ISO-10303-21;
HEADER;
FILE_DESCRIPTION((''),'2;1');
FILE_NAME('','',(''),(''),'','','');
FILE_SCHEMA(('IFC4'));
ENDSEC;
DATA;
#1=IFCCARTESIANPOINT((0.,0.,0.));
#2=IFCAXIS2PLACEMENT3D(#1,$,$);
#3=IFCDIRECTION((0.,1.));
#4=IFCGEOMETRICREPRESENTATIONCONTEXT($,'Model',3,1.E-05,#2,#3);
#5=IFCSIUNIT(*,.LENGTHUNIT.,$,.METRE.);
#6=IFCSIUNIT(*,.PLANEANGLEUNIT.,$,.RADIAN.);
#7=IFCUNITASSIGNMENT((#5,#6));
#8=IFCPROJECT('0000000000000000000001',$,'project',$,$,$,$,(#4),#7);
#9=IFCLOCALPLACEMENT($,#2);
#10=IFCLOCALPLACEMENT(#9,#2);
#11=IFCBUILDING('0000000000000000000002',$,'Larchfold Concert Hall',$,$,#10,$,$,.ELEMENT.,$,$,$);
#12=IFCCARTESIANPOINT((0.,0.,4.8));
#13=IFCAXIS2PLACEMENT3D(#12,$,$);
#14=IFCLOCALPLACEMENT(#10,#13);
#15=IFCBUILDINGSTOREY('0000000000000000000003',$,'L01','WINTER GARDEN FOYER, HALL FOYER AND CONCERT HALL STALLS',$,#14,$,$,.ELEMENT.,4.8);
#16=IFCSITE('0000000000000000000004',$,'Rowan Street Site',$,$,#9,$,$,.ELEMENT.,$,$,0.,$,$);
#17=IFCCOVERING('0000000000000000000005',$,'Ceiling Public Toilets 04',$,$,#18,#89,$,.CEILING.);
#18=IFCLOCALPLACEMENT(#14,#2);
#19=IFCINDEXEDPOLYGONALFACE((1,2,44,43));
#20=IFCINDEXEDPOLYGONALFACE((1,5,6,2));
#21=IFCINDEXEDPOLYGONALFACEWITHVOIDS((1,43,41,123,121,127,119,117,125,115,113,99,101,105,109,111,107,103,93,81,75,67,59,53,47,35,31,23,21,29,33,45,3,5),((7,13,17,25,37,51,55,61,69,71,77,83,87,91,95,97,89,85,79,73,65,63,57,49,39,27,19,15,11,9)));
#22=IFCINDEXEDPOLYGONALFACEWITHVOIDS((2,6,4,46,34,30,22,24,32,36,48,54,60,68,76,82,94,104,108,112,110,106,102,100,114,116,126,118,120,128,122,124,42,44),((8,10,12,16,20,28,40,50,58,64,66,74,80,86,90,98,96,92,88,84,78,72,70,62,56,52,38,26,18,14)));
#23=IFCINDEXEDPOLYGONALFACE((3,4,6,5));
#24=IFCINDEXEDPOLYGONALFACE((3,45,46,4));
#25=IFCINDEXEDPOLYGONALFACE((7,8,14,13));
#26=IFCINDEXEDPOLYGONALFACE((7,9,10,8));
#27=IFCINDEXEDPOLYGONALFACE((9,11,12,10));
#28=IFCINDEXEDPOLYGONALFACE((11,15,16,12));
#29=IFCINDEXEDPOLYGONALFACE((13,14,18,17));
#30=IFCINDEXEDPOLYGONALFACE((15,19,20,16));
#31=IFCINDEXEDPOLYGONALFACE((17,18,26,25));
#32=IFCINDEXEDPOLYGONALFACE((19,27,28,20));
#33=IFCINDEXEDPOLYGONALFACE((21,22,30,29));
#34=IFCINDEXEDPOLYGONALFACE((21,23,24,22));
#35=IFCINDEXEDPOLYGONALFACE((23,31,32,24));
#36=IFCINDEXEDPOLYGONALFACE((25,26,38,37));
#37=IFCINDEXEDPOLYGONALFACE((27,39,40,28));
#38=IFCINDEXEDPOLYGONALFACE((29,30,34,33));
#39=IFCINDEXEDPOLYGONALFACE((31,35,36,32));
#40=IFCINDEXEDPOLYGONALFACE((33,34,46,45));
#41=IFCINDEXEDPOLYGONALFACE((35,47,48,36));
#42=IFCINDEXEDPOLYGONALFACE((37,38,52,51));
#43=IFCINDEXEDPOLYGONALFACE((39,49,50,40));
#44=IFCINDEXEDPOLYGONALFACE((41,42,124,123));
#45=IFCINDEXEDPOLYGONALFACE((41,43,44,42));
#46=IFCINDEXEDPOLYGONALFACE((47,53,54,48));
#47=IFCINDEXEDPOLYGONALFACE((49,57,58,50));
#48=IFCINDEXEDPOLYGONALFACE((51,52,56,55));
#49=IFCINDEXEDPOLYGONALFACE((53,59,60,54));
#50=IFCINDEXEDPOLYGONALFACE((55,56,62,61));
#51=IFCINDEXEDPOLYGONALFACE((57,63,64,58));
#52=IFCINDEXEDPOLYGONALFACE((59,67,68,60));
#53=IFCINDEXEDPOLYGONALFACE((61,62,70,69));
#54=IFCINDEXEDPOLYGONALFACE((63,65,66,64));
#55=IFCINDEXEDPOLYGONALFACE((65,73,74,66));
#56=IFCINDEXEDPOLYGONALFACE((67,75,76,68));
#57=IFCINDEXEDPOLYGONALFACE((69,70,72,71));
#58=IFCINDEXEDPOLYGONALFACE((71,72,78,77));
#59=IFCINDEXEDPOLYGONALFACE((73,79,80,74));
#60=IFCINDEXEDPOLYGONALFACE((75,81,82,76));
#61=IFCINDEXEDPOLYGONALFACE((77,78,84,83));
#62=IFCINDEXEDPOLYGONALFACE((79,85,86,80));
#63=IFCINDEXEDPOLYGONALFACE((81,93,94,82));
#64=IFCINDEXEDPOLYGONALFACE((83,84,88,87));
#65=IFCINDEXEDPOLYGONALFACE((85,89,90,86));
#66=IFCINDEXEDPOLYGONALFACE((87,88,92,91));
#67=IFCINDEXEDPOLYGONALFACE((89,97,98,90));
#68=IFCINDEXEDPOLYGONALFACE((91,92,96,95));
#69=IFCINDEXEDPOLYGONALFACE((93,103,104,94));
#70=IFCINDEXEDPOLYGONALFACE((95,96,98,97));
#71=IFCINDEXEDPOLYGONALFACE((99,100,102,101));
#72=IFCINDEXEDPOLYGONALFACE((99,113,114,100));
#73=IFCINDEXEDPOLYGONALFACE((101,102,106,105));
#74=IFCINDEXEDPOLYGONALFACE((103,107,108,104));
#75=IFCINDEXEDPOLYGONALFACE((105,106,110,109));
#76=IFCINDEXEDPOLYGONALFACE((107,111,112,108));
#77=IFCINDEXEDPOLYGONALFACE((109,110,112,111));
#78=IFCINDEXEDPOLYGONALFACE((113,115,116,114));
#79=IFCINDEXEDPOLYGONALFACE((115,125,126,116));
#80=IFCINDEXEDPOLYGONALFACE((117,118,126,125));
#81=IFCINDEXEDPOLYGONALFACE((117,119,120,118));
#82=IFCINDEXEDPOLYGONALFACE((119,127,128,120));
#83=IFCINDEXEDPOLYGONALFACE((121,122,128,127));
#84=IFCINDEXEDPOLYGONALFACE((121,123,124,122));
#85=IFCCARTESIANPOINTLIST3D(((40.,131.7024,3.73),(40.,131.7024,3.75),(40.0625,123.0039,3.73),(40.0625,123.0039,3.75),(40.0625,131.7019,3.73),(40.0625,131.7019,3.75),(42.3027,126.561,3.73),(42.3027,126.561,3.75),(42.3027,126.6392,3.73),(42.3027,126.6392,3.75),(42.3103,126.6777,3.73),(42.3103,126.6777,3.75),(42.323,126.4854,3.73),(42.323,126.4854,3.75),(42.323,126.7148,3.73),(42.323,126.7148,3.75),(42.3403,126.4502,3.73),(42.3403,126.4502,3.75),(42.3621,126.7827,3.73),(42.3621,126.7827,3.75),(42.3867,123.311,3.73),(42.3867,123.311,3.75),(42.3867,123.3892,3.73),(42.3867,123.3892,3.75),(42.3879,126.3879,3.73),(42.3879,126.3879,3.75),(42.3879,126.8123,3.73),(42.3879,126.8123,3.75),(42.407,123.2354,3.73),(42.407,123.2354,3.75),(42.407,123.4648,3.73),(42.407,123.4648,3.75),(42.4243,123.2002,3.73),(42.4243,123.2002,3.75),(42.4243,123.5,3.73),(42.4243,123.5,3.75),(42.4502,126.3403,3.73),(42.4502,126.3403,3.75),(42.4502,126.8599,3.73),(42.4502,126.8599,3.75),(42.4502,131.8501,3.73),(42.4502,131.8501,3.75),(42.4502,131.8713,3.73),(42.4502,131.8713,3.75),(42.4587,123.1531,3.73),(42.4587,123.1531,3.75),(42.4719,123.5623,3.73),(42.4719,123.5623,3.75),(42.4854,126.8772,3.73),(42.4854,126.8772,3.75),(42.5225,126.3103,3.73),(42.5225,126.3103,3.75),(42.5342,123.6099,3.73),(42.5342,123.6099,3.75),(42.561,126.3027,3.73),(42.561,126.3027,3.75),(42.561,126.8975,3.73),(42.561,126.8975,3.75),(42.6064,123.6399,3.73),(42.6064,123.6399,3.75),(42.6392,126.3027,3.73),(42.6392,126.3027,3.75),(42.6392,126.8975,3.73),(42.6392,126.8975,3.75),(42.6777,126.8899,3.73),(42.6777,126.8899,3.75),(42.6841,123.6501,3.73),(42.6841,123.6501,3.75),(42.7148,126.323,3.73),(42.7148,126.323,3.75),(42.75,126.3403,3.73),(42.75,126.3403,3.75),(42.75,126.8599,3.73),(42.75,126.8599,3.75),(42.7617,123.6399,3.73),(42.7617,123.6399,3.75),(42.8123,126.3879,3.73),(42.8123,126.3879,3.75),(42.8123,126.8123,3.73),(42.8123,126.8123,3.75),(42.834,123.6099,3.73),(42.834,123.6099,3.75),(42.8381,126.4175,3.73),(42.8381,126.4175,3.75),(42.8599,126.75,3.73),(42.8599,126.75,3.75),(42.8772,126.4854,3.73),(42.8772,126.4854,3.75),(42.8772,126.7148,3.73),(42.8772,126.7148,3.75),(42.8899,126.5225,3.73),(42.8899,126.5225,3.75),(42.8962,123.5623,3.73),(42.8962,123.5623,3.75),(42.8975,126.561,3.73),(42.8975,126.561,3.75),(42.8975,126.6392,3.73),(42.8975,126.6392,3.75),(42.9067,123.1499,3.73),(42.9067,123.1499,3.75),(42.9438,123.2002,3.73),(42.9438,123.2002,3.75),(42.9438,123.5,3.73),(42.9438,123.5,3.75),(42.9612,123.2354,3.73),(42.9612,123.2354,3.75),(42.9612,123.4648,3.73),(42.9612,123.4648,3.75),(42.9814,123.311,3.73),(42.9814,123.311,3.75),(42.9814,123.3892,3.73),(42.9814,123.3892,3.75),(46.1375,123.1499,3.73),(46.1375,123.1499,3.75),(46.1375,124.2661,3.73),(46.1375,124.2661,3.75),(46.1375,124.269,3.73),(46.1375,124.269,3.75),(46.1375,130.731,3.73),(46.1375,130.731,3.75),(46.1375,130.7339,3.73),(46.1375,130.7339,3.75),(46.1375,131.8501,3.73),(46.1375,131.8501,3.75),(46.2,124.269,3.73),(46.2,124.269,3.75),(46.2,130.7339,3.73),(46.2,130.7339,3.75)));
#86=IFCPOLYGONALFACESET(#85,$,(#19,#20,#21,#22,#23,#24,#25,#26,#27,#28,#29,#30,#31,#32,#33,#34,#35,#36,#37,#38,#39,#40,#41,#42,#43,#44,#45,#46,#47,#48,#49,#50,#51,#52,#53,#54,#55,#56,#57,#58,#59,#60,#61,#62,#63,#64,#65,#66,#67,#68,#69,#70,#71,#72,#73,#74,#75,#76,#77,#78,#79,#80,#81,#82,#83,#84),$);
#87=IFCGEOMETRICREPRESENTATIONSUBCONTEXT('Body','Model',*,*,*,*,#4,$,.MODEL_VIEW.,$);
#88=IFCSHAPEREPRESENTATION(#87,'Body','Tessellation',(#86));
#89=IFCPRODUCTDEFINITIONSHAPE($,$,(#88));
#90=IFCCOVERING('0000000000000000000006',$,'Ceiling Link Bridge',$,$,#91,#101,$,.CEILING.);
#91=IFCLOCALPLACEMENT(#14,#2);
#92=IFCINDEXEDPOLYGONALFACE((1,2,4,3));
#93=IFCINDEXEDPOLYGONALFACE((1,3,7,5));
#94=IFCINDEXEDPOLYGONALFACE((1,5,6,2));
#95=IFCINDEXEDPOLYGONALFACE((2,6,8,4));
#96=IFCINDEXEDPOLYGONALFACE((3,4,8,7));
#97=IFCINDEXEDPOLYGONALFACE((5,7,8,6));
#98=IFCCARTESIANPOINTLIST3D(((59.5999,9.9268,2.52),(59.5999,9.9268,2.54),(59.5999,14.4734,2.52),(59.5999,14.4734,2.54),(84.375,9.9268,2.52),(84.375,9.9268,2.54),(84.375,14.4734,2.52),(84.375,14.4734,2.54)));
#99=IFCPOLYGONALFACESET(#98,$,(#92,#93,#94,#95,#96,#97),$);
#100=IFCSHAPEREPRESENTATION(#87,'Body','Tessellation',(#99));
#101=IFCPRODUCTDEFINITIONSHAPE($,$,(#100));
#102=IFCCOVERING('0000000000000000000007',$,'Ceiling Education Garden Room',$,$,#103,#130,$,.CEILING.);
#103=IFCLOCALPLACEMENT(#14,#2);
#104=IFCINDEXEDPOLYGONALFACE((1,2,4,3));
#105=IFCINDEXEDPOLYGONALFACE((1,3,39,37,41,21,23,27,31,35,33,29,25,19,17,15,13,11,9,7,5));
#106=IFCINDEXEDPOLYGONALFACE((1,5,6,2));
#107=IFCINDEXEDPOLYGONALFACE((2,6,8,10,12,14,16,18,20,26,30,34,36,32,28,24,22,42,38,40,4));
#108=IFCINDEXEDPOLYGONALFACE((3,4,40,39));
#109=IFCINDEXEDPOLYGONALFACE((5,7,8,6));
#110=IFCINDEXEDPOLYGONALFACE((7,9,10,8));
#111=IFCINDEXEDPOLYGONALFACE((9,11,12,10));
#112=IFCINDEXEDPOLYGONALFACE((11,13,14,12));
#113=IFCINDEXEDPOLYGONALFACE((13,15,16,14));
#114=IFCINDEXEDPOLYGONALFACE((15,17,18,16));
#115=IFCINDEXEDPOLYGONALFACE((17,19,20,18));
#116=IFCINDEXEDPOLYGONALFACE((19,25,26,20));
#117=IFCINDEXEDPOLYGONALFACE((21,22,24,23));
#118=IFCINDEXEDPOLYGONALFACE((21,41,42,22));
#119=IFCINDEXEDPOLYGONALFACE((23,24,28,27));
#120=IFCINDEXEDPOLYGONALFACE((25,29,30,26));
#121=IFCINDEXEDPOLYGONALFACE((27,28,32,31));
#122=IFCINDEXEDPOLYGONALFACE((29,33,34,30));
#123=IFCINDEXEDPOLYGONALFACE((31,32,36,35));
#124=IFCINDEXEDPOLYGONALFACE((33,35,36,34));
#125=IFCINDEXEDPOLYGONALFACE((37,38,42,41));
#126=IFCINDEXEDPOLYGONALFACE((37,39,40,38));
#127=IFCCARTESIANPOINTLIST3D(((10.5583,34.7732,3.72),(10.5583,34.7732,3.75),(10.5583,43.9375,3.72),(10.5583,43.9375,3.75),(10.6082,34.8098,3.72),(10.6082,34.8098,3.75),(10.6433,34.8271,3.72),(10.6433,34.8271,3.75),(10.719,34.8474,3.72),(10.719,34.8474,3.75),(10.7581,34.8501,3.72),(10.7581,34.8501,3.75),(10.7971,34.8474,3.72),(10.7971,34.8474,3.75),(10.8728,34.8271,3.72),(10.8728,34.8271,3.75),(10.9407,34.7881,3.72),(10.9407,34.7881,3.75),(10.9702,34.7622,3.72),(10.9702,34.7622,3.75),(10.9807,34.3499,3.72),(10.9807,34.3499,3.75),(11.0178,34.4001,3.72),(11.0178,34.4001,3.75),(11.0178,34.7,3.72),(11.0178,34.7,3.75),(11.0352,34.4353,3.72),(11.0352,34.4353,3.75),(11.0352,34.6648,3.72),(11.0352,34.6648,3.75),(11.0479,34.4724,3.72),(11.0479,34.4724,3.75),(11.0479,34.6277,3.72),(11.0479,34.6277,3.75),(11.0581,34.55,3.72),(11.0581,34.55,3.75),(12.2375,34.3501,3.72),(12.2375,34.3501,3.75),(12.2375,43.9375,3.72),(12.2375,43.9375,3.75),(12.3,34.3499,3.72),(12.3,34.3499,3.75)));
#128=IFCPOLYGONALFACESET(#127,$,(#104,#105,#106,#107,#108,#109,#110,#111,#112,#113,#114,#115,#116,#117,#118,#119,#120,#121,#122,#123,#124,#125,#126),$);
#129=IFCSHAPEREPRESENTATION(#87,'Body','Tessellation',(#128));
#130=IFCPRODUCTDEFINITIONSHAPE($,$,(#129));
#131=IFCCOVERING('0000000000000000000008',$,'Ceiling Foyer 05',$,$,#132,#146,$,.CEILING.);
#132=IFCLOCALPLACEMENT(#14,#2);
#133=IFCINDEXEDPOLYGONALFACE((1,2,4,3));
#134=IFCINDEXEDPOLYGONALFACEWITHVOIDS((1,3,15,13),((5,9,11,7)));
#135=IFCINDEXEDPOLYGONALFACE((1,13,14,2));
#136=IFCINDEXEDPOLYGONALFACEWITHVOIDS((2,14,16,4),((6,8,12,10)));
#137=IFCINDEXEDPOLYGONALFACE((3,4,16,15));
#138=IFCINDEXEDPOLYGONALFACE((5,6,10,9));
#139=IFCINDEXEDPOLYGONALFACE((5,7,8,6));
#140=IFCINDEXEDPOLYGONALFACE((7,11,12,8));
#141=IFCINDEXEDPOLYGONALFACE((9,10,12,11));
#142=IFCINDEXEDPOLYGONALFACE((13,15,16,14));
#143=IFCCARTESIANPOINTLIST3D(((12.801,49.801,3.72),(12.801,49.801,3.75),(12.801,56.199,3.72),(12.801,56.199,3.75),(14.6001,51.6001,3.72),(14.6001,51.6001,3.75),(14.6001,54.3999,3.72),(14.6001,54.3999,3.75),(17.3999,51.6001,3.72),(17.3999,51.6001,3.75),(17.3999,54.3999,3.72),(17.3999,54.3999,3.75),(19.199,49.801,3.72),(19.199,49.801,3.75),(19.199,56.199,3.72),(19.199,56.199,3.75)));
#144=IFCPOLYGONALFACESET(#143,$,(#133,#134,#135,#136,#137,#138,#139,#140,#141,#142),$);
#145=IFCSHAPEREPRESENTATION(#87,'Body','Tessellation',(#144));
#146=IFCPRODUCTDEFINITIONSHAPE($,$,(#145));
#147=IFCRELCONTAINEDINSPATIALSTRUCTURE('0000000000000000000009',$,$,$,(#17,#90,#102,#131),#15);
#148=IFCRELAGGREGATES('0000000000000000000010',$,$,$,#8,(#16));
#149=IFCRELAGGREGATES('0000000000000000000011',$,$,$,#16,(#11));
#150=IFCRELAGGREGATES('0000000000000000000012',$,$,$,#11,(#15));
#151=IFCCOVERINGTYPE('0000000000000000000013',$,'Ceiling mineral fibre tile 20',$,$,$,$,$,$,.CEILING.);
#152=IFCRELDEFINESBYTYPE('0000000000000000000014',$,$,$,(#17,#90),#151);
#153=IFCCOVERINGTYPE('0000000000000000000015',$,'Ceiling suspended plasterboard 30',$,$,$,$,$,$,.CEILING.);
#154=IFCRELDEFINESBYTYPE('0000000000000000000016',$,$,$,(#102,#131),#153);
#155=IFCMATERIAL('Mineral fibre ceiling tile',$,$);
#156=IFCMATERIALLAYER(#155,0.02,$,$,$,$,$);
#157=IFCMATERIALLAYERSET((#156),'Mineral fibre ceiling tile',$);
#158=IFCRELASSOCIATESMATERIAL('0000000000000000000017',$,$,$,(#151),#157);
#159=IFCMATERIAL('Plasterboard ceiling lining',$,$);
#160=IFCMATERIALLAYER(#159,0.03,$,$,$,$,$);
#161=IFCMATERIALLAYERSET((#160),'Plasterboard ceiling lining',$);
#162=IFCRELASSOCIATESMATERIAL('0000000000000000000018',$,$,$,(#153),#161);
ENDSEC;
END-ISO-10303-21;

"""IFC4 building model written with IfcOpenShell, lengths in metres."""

from ifc_helpers import new_model, si_unit, direction, frame, origin, place, context, subcontext, project, spatial, polyline, outline, extrude, material, layer, layer_set, type_object, element, save


model = new_model("IFC4")

# Units and contexts
model_context = context("Model", 3, precision=1e-05, world=origin(), true_north=direction((0.0, 1.0)))
body_context = subcontext(model_context, "Body", "Model", "MODEL_VIEW")
ifc_project = project(units=[si_unit("LENGTHUNIT", "METRE"), si_unit("PLANEANGLEUNIT", "RADIAN")], contexts=[model_context])

# Site, building, storey
site_placement = place(None, origin())
site = spatial("IfcSite", under=ifc_project, at=site_placement, Name="Rowan Street Site", CompositionType="ELEMENT", RefElevation=0.0)
building_placement = place(site_placement, origin())
building = spatial("IfcBuilding", under=site, at=building_placement, Name="Larchfold Concert Hall", CompositionType="ELEMENT")
storey_placement = place(building_placement, frame((0.0, 0.0, 4.8)))
storey = spatial("IfcBuildingStorey", under=building, at=storey_placement, Name="L01", Description="WINTER GARDEN FOYER, HALL FOYER AND CONCERT HALL STALLS", CompositionType="ELEMENT", Elevation=4.8)

# Coverings
ifc_material_1 = material(Name="Mineral fibre ceiling tile")
ifc_layer_1 = layer(ifc_material_1, 0.02)
ifc_layer_set_1 = layer_set([ifc_layer_1], Name="Mineral fibre ceiling tile")
covering_type_1 = type_object("IfcCoveringType", Name="Ceiling mineral fibre tile 20", PredefinedType="CEILING", material=ifc_layer_set_1)
covering_1_placement = place(storey_placement, frame((0.0, 0.0, 3.73)))
element("IfcCovering", 1, at=covering_1_placement, inside=storey, type_object=covering_type_1, Name="Ceiling Public Toilets 04", PredefinedType="CEILING", context=body_context, shape_type="SweptSolid", body=[
    extrude(outline(polyline([(40.0, 131.7024), (40.0625, 131.7019), (40.0625, 123.0039), (42.4587, 123.1531), (42.4243, 123.2002), (42.407, 123.2354), (42.3867, 123.311), (42.3867, 123.3892), (42.407, 123.4648), (42.4243, 123.5), (42.4719, 123.5623), (42.5342, 123.6099), (42.6064, 123.6399), (42.6841, 123.6501), (42.7617, 123.6399), (42.834, 123.6099), (42.8962, 123.5623), (42.9438, 123.5), (42.9612, 123.4648), (42.9814, 123.3892), (42.9814, 123.311), (42.9612, 123.2354), (42.9438, 123.2002), (42.9067, 123.1499), (46.1375, 123.1499), (46.1375, 124.2661), (46.2, 124.269), (46.1375, 124.269), (46.1375, 130.731), (46.2, 130.7339), (46.1375, 130.7339), (46.1375, 131.8501), (42.4502, 131.8501), (42.4502, 131.8713), (40.0, 131.7024)]), holes=[polyline([(42.4502, 126.3403), (42.3879, 126.3879), (42.3403, 126.4502), (42.323, 126.4854), (42.3027, 126.561), (42.3027, 126.6392), (42.3103, 126.6777), (42.323, 126.7148), (42.3621, 126.7827), (42.3879, 126.8123), (42.4502, 126.8599), (42.4854, 126.8772), (42.561, 126.8975), (42.6392, 126.8975), (42.6777, 126.8899), (42.75, 126.8599), (42.8123, 126.8123), (42.8599, 126.75), (42.8772, 126.7148), (42.8975, 126.6392), (42.8975, 126.561), (42.8899, 126.5225), (42.8772, 126.4854), (42.8381, 126.4175), (42.8123, 126.3879), (42.75, 126.3403), (42.7148, 126.323), (42.6392, 126.3027), (42.561, 126.3027), (42.5225, 126.3103), (42.4502, 126.3403)])]), origin(), (0.0, 0.0, 1.0), 0.02),
])
covering_2_placement = place(storey_placement, frame((0.0, 0.0, 2.52)))
element("IfcCovering", 2, at=covering_2_placement, inside=storey, type_object=covering_type_1, Name="Ceiling Link Bridge", PredefinedType="CEILING", context=body_context, shape_type="SweptSolid", body=[
    extrude(outline(polyline([(59.5999, 9.9268), (84.375, 9.9268), (84.375, 14.4734), (59.5999, 14.4734), (59.5999, 9.9268)])), origin(), (0.0, 0.0, 1.0), 0.02),
])
ifc_material_2 = material(Name="Plasterboard ceiling lining")
ifc_layer_2 = layer(ifc_material_2, 0.03)
ifc_layer_set_2 = layer_set([ifc_layer_2], Name="Plasterboard ceiling lining")
covering_type_2 = type_object("IfcCoveringType", Name="Ceiling suspended plasterboard 30", PredefinedType="CEILING", material=ifc_layer_set_2)
covering_3_placement = place(storey_placement, frame((0.0, 0.0, 3.72)))
element("IfcCovering", 3, at=covering_3_placement, inside=storey, type_object=covering_type_2, Name="Ceiling Education Garden Room", PredefinedType="CEILING", context=body_context, shape_type="SweptSolid", body=[
    extrude(outline(polyline([(12.3, 34.3499), (12.2375, 34.3501), (12.2375, 43.9375), (10.5583, 43.9375), (10.5583, 34.7732), (10.6082, 34.8098), (10.6433, 34.8271), (10.719, 34.8474), (10.7581, 34.8501), (10.7971, 34.8474), (10.8728, 34.8271), (10.9407, 34.7881), (10.9702, 34.7622), (11.0178, 34.7), (11.0352, 34.6648), (11.0479, 34.6277), (11.0581, 34.55), (11.0479, 34.4724), (11.0352, 34.4353), (11.0178, 34.4001), (10.9807, 34.3499), (12.3, 34.3499)])), origin(), (0.0, 0.0, 1.0), 0.03),
])
covering_4_placement = place(storey_placement, frame((0.0, 0.0, 3.72)))
element("IfcCovering", 4, at=covering_4_placement, inside=storey, type_object=covering_type_2, Name="Ceiling Foyer 05", PredefinedType="CEILING", context=body_context, shape_type="SweptSolid", body=[
    extrude(outline(polyline([(12.801, 49.801), (19.199, 49.801), (19.199, 56.199), (12.801, 56.199), (12.801, 49.801)]), holes=[polyline([(14.6001, 54.3999), (17.3999, 54.3999), (17.3999, 51.6001), (14.6001, 51.6001), (14.6001, 54.3999)])]), origin(), (0.0, 0.0, 1.0), 0.03),
])

save(model, "model.ifc")
